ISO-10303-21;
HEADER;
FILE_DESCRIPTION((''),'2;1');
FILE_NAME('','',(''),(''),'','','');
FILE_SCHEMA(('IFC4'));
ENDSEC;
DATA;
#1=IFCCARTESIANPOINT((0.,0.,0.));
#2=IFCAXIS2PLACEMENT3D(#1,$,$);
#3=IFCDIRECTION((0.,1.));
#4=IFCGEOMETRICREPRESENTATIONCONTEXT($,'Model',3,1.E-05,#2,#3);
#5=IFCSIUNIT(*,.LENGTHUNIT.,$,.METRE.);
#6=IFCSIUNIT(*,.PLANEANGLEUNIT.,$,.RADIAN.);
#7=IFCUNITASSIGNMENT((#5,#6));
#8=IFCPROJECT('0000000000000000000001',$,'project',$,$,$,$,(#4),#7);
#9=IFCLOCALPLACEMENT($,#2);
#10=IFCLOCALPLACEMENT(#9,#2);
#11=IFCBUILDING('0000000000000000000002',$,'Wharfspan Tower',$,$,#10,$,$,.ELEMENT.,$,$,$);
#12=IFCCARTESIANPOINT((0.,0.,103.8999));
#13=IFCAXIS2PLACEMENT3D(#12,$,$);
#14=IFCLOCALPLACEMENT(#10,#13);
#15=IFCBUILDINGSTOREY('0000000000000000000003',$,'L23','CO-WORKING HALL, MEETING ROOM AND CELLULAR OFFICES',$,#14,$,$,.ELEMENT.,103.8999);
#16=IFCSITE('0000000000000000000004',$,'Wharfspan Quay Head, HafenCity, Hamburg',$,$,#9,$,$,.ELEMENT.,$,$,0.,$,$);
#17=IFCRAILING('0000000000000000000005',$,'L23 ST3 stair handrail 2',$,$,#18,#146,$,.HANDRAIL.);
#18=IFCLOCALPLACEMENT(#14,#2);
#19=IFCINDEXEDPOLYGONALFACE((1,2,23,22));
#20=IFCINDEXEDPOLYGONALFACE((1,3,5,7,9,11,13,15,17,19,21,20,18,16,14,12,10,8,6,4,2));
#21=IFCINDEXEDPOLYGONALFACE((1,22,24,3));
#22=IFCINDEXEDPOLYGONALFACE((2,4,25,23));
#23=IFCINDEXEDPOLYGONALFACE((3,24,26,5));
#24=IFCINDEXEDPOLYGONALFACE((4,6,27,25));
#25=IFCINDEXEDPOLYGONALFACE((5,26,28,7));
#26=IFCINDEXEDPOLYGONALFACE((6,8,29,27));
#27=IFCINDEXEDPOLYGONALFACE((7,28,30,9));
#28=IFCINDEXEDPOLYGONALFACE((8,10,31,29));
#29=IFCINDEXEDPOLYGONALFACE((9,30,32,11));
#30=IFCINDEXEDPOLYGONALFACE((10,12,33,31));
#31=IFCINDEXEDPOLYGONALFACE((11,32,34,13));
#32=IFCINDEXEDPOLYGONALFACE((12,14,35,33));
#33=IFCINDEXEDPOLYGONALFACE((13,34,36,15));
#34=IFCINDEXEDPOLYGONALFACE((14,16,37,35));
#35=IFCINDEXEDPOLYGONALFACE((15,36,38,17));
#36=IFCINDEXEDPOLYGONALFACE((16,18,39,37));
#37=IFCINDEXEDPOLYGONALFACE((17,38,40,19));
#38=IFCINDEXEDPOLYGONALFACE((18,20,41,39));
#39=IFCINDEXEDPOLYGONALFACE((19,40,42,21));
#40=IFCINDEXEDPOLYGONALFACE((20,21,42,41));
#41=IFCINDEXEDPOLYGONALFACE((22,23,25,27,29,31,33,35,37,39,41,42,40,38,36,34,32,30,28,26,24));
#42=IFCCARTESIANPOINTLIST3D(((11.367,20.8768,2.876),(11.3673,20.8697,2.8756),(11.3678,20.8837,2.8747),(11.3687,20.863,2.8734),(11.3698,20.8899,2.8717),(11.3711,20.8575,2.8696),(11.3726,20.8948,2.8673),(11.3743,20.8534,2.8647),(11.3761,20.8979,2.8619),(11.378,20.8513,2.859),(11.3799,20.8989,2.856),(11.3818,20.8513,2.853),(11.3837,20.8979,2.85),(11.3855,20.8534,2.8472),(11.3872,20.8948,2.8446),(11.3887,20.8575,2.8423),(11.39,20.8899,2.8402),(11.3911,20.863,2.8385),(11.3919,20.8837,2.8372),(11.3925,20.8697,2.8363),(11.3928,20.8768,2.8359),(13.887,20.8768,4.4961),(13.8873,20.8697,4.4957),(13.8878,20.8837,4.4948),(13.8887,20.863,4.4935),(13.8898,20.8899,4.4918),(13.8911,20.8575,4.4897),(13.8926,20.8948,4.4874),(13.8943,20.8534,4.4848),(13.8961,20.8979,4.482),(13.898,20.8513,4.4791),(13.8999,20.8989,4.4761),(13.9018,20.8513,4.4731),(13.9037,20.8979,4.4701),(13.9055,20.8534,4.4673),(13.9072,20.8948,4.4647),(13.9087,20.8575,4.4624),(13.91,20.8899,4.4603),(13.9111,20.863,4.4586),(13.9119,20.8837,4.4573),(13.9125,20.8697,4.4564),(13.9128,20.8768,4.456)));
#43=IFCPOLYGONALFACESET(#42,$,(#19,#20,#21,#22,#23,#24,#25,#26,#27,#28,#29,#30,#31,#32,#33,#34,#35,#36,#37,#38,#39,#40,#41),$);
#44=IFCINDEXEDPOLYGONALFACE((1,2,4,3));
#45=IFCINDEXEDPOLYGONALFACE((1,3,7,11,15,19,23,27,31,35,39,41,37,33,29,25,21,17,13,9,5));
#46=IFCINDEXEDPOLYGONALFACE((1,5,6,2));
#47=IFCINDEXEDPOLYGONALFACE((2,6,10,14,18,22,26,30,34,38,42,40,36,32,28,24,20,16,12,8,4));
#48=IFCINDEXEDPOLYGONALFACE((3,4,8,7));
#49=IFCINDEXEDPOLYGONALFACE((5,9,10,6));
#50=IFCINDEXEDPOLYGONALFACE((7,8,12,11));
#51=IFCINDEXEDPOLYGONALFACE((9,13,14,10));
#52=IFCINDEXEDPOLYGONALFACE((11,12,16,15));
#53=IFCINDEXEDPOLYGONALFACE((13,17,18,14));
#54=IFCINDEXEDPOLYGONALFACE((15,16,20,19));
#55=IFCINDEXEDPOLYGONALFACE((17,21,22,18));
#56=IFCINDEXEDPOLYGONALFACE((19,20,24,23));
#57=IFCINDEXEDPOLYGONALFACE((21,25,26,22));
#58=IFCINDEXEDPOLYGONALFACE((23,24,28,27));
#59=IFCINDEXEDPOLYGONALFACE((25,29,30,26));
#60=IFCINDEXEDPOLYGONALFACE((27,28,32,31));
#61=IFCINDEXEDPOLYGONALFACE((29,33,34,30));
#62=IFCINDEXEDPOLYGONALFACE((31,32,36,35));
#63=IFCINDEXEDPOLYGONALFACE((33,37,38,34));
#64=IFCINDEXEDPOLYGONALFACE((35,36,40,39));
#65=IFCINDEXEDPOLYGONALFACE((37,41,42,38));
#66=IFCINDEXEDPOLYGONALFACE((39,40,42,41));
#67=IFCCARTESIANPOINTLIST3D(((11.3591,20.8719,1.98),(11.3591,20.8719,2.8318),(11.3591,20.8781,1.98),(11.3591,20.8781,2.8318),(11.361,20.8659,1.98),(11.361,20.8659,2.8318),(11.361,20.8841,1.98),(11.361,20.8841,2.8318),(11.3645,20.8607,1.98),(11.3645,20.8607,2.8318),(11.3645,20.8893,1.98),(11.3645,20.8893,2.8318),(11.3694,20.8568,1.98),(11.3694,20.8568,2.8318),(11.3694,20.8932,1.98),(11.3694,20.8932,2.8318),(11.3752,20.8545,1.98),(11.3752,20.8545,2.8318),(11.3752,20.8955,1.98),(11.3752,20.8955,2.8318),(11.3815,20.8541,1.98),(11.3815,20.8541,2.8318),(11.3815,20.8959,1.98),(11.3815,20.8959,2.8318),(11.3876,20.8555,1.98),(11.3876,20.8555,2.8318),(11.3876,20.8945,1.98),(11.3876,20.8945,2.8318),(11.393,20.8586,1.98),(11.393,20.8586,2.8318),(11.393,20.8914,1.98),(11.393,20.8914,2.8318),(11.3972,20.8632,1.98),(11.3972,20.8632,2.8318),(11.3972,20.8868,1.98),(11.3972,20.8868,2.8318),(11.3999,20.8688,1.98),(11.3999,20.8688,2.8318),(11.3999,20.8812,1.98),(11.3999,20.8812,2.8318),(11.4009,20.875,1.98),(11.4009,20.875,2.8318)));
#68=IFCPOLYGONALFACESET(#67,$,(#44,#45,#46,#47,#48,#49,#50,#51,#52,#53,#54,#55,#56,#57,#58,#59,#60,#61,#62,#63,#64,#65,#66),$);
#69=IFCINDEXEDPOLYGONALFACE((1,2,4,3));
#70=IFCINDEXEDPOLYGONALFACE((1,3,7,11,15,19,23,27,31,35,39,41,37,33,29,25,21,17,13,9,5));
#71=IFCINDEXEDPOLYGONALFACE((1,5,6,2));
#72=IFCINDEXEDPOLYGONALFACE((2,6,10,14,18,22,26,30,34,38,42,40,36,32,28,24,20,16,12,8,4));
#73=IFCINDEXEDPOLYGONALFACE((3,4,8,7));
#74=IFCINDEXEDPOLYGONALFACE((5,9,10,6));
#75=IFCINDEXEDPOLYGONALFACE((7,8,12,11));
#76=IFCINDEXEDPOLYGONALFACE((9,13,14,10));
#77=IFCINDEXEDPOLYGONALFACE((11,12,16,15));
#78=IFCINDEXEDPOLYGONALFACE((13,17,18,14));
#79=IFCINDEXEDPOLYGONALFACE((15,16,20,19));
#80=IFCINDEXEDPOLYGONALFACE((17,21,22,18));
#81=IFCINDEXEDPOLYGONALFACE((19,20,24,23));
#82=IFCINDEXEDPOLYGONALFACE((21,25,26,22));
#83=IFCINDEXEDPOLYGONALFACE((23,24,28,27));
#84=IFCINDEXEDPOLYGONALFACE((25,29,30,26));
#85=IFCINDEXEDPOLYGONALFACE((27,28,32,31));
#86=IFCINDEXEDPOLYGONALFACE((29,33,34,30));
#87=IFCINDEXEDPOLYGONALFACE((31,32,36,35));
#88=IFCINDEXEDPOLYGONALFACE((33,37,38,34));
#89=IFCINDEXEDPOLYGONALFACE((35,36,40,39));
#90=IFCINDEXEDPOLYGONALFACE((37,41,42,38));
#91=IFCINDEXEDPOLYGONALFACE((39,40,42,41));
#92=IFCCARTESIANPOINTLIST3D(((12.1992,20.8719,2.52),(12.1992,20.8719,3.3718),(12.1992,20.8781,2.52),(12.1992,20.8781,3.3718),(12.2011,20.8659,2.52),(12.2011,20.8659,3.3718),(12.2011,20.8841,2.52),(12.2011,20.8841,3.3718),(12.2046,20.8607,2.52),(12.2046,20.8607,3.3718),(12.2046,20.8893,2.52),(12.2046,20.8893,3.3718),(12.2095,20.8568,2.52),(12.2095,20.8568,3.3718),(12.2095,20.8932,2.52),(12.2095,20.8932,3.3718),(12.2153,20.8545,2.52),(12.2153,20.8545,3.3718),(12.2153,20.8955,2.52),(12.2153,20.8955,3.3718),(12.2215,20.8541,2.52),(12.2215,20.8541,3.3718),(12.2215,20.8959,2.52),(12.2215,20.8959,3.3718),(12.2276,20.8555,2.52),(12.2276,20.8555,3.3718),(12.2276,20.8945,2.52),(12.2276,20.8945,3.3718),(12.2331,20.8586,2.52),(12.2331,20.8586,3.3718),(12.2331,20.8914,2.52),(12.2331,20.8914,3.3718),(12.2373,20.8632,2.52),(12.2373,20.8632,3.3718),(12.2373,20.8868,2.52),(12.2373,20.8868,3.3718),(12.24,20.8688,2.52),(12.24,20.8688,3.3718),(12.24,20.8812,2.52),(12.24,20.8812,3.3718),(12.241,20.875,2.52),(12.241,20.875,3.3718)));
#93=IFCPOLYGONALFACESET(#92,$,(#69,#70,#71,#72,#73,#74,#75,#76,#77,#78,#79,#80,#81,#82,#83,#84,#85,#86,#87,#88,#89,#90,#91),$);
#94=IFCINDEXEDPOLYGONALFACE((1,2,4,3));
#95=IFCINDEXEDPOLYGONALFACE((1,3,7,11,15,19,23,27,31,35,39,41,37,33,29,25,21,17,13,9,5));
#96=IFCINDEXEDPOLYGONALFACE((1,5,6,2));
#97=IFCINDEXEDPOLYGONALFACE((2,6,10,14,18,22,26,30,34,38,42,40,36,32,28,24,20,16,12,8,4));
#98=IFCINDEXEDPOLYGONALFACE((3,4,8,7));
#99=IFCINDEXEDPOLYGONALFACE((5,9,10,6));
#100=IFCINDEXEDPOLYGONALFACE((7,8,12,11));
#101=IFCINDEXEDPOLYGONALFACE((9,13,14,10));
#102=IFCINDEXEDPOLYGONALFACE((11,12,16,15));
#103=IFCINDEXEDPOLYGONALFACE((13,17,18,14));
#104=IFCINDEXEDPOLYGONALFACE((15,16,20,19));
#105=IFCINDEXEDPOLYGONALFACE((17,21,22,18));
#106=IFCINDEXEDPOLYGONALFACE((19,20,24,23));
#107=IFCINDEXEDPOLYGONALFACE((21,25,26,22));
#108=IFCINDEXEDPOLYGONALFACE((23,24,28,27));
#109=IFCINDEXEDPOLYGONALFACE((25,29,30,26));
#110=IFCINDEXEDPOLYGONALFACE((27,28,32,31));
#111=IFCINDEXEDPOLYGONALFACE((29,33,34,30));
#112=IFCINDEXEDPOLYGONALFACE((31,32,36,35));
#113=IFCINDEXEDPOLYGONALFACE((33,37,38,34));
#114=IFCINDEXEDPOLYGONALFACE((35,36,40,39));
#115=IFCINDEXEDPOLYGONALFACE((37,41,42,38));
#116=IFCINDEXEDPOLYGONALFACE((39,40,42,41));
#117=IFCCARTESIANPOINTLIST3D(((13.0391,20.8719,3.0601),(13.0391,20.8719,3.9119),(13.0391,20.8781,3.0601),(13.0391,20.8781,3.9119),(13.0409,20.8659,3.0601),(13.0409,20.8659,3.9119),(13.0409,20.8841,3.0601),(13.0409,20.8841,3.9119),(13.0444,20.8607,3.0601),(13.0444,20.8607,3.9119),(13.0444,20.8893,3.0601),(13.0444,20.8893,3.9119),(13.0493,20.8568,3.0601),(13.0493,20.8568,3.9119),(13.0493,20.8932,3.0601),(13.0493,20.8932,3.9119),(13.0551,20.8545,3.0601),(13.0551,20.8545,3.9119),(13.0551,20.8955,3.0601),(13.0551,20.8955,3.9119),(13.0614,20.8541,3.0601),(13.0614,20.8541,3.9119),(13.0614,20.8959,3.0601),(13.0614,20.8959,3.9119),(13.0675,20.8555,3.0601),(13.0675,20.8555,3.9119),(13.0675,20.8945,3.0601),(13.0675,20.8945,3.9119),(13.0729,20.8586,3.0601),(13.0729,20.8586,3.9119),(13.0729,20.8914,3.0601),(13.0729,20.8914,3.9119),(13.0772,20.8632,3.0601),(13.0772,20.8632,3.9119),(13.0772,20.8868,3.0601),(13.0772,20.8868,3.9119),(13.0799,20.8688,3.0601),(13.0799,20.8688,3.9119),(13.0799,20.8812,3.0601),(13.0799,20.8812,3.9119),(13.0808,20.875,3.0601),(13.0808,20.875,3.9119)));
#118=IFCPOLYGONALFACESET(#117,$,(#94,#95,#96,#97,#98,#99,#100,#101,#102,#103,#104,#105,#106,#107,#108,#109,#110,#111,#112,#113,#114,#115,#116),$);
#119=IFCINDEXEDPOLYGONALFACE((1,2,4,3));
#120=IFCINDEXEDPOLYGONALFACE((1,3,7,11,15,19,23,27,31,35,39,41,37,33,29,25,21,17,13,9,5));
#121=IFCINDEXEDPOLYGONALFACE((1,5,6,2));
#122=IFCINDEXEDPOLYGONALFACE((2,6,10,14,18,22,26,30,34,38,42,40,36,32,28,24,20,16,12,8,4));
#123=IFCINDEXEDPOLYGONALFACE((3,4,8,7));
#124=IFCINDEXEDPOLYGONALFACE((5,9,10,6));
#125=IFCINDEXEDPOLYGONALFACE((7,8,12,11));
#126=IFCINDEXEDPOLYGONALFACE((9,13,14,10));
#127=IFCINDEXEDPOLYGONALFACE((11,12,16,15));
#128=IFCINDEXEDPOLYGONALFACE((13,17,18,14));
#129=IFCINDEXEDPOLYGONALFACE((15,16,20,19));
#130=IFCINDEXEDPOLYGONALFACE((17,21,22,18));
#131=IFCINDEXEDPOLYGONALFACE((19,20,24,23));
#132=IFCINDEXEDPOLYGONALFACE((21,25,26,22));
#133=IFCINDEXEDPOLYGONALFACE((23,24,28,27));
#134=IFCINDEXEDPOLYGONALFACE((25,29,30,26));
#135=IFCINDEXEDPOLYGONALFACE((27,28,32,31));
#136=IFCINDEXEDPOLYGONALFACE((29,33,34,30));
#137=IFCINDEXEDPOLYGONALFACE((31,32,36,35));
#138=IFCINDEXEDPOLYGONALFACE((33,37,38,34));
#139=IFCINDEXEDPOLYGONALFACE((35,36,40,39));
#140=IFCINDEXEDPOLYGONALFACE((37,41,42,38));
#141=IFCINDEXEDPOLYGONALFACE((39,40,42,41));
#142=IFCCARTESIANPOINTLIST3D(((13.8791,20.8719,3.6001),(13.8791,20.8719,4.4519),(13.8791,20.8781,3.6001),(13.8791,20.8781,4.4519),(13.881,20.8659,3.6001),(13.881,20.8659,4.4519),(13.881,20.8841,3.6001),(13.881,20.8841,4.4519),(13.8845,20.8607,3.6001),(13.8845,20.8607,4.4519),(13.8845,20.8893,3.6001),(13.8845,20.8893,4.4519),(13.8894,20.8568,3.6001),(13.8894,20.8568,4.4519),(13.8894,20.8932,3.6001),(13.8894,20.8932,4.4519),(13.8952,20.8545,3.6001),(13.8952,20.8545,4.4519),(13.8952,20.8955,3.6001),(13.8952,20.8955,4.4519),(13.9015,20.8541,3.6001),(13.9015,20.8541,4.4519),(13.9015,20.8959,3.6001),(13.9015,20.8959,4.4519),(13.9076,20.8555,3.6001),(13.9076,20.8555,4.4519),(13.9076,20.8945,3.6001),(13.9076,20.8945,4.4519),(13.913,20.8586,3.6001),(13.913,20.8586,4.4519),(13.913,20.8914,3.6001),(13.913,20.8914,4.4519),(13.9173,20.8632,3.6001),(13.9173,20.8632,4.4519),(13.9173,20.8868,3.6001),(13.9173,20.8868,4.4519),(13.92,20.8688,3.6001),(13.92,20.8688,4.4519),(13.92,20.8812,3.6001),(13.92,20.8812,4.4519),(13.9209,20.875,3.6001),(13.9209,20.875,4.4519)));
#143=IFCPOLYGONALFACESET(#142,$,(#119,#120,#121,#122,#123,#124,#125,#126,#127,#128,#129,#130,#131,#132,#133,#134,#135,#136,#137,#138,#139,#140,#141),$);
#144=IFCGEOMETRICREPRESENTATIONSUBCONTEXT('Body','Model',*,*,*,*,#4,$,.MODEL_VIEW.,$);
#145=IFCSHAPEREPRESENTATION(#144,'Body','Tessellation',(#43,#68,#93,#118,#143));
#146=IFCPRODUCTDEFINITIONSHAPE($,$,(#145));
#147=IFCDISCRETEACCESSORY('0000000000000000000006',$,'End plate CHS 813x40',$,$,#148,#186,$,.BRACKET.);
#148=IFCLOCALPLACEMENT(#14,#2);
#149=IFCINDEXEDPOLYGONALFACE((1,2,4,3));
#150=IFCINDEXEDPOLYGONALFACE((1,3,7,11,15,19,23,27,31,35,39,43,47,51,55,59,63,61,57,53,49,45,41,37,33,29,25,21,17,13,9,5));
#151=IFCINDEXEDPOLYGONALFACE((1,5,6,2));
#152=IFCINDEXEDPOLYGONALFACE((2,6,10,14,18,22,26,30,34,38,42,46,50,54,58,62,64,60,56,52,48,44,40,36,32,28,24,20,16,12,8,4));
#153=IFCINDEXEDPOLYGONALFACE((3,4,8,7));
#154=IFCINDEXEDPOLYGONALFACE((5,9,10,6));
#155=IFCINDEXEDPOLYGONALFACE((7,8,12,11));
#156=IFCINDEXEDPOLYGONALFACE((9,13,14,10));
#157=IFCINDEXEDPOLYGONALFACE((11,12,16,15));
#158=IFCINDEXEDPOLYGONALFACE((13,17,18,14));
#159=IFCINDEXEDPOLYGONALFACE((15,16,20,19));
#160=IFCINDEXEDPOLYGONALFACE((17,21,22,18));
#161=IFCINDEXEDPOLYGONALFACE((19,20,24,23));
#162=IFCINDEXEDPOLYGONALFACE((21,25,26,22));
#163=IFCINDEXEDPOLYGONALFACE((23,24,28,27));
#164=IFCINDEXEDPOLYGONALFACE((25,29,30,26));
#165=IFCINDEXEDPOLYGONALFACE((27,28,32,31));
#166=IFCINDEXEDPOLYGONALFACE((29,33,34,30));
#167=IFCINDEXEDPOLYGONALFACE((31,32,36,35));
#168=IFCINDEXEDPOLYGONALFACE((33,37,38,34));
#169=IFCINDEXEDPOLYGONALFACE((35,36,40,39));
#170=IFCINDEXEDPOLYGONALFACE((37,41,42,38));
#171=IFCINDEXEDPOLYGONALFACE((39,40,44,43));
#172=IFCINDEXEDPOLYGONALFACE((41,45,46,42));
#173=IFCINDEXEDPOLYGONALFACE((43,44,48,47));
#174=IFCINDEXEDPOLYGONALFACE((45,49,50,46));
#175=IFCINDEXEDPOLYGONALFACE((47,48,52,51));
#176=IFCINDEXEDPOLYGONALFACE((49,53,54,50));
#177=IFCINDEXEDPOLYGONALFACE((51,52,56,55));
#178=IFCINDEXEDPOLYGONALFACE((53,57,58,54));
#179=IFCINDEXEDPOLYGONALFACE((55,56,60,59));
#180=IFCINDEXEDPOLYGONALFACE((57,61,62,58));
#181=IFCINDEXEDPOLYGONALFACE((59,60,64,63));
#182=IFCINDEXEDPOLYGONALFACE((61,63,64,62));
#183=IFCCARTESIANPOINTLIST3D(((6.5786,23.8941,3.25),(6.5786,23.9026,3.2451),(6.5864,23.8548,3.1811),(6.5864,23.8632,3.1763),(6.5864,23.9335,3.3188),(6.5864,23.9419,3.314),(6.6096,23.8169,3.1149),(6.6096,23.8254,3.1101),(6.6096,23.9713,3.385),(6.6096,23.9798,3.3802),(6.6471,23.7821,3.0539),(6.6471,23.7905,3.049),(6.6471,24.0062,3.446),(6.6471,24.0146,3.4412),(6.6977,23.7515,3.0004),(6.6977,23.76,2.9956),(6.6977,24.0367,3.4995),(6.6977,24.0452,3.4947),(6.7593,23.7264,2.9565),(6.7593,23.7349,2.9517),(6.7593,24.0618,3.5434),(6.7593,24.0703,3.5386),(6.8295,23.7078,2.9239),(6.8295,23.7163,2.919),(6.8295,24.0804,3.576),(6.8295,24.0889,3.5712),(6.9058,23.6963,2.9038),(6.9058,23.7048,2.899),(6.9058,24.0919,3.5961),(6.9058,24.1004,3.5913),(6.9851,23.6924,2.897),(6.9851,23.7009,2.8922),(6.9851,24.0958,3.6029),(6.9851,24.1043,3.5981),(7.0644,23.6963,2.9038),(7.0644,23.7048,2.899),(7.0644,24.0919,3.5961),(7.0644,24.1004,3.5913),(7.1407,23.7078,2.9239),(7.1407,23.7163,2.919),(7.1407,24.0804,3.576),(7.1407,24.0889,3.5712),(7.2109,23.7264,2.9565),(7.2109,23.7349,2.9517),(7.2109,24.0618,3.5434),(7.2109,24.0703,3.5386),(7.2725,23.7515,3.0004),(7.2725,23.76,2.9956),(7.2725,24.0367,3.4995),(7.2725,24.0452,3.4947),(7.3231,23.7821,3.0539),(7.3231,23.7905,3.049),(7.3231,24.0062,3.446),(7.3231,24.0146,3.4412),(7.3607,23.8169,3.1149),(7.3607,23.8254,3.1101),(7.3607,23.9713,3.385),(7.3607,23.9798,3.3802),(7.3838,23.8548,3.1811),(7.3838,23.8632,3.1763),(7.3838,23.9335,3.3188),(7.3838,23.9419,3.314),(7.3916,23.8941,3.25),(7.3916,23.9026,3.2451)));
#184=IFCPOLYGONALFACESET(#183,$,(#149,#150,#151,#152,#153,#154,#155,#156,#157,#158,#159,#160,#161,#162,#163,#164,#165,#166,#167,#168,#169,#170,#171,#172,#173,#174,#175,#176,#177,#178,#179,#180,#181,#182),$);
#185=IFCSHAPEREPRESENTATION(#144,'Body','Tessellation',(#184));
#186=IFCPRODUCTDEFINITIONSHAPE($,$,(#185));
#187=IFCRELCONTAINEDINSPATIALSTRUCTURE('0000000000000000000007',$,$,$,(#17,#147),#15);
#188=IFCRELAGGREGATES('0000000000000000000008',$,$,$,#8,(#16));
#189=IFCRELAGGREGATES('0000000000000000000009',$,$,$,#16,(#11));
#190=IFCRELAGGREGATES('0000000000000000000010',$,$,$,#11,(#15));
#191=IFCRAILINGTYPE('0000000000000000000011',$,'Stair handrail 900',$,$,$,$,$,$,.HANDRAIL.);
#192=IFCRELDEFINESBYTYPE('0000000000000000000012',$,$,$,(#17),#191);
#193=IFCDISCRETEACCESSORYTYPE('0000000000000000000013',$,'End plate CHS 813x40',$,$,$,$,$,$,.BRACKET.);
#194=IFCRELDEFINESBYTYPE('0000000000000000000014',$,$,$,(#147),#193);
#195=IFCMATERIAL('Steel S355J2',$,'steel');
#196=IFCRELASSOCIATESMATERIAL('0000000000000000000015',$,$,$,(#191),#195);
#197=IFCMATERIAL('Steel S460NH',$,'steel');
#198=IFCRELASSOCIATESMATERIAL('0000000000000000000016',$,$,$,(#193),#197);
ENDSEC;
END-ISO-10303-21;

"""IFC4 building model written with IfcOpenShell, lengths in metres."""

from ifc_helpers import new_model, si_unit, direction, frame, origin, origin_2d, place, context, subcontext, project, spatial, circle, extrude, material, material_profile, profile_set, type_object, element, save


model = new_model("IFC4")

# Units and contexts
model_context = context("Model", 3, precision=1e-05, world=origin(), true_north=direction((0.0, 1.0)))
body_context = subcontext(model_context, "Body", "Model", "MODEL_VIEW")
ifc_project = project(units=[si_unit("LENGTHUNIT", "METRE"), si_unit("PLANEANGLEUNIT", "RADIAN")], contexts=[model_context])

# Site, building, storey
site_placement = place(None, origin())
site = spatial("IfcSite", under=ifc_project, at=site_placement, Name="Wharfspan Quay Head, HafenCity, Hamburg", CompositionType="ELEMENT", RefElevation=0.0)
building_placement = place(site_placement, origin())
building = spatial("IfcBuilding", under=site, at=building_placement, Name="Wharfspan Tower", CompositionType="ELEMENT")
storey_placement = place(building_placement, frame((0.0, 0.0, 103.8999)))
storey = spatial("IfcBuildingStorey", under=building, at=storey_placement, Name="L23", Description="CO-WORKING HALL, MEETING ROOM AND CELLULAR OFFICES", CompositionType="ELEMENT", Elevation=103.8999)

# Shared definitions
ifc_material_1 = material(Name="Steel S355J2", Category="steel")

# Shared definitions
ifc_material_2 = material(Name="Steel S460NH", Category="steel")

# Railing
railing_type = type_object("IfcRailingType", Name="Stair handrail 900", PredefinedType="HANDRAIL", material=ifc_material_1)
railing_placement = place(storey_placement, frame((11.3799, 20.875, 1.98)))
element("IfcRailing", 1, at=railing_placement, inside=storey, type_object=railing_type, Name="L23 ST3 stair handrail 2", PredefinedType="HANDRAIL", context=body_context, shape_type="SweptSolid", body=[
    extrude(circle(Radius=0.0239, at=origin_2d()), frame((0.0, 0.0, 0.876), z_axis=(0.841163, 0.0, 0.540782), x_axis=(0.0, 1.0, 0.0)), (0.0, 0.0, 1.0), 2.9958),
    extrude(circle(Radius=0.021, at=origin_2d()), origin(), (0.0, 0.0, 1.0), 0.8518),
    extrude(circle(Radius=0.021, at=origin_2d()), frame((0.8401, 0.0, 0.54)), (0.0, 0.0, 1.0), 0.8518),
    extrude(circle(Radius=0.021, at=origin_2d()), frame((1.6799, 0.0, 1.0801)), (0.0, 0.0, 1.0), 0.8518),
    extrude(circle(Radius=0.021, at=origin_2d()), frame((2.52, 0.0, 1.6201)), (0.0, 0.0, 1.0), 0.8518),
])

# Discrete accessory
ifc_material_profile_1 = material_profile(ifc_material_2, circle(Radius=0.4065, at=origin_2d()))
ifc_profile_set_1 = profile_set([ifc_material_profile_1], Name="Steel S460NH")
discrete_accessory_type = type_object("IfcDiscreteAccessoryType", Name="End plate CHS 813x40", PredefinedType="BRACKET", material=ifc_profile_set_1)
discrete_accessory_1_placement = place(storey_placement, frame((6.9851, 23.9026, 3.2451), z_axis=(0.0, -0.868243, 0.496139), x_axis=(1.0, 0.0, 0.0)))
element("IfcDiscreteAccessory", 2, at=discrete_accessory_1_placement, inside=storey, type_object=discrete_accessory_type, Name="End plate CHS 813x40", PredefinedType="BRACKET", context=body_context, shape_type="SweptSolid", body=[
    extrude(circle(Radius=0.4065, at=origin_2d()), origin(), (0.0, 0.0, 1.0), 0.0098),
])

save(model, "model.ifc")
